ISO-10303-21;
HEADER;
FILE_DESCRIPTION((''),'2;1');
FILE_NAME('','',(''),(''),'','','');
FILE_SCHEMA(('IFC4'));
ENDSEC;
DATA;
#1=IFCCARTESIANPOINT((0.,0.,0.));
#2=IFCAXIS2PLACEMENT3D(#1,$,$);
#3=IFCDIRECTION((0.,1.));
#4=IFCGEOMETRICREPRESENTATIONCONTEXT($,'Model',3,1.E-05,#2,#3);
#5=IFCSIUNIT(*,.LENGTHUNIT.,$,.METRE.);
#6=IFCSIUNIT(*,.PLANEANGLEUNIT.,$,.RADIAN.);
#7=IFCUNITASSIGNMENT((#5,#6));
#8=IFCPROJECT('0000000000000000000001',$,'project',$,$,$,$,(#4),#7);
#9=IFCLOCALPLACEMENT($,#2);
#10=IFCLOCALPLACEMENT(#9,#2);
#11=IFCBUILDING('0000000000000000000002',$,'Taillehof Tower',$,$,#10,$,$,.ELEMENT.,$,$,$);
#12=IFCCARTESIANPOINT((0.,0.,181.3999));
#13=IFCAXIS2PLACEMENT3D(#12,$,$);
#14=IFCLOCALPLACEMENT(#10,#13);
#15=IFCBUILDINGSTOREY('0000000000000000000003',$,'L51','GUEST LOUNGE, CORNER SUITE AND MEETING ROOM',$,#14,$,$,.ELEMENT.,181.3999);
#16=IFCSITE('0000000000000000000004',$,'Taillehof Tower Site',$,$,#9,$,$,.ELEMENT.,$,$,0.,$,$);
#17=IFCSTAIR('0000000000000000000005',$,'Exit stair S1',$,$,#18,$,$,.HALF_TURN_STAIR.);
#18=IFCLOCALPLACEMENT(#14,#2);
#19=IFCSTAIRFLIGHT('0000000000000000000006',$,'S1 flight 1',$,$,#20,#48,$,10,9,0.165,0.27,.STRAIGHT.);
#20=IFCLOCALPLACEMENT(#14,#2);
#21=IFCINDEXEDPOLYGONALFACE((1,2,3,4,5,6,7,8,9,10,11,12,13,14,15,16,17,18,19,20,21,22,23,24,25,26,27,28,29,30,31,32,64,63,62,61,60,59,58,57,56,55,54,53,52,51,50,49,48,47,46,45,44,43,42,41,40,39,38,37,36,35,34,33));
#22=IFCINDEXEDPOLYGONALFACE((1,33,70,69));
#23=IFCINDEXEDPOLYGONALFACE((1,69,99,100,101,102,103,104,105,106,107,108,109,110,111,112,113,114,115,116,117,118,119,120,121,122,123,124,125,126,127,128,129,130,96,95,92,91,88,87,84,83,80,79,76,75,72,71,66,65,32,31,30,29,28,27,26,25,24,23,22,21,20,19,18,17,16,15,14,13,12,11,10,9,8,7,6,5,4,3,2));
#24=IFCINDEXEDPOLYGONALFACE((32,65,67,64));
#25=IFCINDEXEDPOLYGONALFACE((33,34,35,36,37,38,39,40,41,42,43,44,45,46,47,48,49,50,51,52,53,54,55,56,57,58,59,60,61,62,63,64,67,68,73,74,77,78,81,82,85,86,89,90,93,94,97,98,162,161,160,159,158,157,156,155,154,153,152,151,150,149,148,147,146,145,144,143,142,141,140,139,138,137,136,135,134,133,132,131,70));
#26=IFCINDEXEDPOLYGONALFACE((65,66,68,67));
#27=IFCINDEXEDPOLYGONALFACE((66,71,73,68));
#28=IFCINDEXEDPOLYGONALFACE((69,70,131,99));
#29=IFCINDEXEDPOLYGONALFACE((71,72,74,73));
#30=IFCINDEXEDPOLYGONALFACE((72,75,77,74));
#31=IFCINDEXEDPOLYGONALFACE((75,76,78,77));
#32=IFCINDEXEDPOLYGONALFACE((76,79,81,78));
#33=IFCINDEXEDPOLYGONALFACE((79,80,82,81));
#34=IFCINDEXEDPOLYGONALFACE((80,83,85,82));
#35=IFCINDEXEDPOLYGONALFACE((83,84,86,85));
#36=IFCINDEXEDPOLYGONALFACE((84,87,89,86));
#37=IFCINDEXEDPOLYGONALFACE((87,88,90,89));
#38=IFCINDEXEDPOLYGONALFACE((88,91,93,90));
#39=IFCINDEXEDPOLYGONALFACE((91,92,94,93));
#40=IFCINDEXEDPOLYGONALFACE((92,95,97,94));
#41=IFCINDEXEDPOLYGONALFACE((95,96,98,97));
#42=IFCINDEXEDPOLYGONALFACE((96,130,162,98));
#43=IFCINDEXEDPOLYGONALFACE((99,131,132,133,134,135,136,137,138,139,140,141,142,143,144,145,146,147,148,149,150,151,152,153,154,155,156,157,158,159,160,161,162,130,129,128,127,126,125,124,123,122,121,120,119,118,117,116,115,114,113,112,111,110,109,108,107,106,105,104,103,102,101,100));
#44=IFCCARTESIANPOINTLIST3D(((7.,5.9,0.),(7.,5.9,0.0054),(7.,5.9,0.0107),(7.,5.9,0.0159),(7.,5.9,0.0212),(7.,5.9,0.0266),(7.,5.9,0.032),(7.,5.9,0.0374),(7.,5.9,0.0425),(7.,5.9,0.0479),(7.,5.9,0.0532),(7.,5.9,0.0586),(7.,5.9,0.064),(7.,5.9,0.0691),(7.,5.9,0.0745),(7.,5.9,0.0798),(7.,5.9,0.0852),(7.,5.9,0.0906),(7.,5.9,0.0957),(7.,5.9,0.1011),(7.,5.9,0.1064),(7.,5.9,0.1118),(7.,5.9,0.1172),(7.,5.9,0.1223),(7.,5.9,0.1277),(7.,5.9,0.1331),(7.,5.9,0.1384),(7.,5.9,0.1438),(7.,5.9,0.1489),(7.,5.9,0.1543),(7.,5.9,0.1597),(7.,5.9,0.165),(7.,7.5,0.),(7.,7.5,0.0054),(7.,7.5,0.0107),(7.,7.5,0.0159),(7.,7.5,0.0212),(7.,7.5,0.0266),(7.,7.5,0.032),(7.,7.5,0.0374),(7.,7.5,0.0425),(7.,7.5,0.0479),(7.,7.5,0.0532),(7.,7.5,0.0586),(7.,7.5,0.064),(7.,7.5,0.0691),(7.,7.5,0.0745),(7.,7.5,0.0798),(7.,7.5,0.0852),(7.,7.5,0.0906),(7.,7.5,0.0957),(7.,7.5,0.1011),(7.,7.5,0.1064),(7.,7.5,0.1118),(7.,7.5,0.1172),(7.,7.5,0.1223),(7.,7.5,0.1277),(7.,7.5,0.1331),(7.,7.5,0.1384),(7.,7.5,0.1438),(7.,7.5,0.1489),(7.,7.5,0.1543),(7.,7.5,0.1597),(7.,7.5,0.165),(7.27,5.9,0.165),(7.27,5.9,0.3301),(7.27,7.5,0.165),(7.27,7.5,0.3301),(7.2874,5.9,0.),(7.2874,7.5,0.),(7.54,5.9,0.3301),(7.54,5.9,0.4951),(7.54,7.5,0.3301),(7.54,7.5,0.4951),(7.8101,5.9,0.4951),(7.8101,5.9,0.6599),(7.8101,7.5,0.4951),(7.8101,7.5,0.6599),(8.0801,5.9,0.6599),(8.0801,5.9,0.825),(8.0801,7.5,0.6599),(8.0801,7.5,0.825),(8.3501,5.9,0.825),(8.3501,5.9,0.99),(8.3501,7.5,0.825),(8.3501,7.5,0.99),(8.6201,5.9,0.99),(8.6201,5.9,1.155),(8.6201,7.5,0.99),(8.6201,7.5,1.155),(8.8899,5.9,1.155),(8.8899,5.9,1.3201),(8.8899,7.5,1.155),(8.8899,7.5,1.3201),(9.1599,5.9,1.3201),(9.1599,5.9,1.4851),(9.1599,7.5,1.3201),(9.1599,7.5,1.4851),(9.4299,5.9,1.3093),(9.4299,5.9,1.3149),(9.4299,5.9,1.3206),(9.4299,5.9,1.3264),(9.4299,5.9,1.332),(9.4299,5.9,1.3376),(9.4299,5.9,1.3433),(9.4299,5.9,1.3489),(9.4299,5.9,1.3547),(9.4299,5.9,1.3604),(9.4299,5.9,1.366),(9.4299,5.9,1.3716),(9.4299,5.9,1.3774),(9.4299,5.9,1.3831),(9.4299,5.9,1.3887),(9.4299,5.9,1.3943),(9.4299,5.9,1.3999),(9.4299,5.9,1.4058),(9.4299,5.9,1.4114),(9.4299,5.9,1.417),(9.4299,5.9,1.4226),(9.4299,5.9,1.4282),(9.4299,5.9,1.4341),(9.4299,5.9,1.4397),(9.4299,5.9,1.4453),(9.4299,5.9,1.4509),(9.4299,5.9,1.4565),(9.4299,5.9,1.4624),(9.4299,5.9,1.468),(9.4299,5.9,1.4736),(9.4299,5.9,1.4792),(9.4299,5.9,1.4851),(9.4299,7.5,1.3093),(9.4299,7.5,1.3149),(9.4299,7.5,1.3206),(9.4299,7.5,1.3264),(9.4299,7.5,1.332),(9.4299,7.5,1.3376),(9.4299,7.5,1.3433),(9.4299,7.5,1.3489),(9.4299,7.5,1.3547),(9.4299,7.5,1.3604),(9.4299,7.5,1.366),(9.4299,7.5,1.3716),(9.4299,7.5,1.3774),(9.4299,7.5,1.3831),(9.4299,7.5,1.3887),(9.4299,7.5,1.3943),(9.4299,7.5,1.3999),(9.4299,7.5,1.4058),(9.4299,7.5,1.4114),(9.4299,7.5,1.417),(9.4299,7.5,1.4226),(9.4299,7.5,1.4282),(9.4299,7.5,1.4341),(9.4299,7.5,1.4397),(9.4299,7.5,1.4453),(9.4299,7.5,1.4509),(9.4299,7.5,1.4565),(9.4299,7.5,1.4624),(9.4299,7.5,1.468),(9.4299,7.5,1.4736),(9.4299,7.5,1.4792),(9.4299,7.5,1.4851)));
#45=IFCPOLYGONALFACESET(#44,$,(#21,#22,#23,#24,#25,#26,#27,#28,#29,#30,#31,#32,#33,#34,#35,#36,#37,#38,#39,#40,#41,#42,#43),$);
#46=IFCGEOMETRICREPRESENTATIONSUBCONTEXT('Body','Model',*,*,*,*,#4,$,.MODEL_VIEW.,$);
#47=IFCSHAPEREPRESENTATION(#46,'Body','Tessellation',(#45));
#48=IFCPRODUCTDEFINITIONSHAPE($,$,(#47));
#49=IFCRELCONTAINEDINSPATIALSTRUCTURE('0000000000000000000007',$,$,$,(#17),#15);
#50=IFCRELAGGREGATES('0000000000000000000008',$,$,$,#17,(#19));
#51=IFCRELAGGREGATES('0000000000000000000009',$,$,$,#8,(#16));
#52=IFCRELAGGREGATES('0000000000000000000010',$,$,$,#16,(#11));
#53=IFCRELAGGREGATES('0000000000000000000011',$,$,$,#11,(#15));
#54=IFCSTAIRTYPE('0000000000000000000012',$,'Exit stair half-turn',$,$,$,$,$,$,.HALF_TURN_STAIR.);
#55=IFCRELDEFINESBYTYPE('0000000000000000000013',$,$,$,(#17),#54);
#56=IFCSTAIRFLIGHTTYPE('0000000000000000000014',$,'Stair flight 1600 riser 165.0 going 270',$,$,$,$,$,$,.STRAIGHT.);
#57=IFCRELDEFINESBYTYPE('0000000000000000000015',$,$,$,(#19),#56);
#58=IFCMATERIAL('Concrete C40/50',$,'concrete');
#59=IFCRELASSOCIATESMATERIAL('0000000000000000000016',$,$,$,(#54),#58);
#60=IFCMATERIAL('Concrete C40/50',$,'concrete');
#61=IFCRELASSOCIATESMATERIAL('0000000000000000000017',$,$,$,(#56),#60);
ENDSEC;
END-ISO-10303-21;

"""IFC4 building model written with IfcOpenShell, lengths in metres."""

from ifc_helpers import new_model, si_unit, direction, frame, origin, place, context, subcontext, project, spatial, polyline, outline, extrude, material, type_object, element, aggregate, save


model = new_model("IFC4")

# Units and contexts
model_context = context("Model", 3, precision=1e-05, world=origin(), true_north=direction((0.0, 1.0)))
body_context = subcontext(model_context, "Body", "Model", "MODEL_VIEW")
ifc_project = project(units=[si_unit("LENGTHUNIT", "METRE"), si_unit("PLANEANGLEUNIT", "RADIAN")], contexts=[model_context])

# Site, building, storey
site_placement = place(None, origin())
site = spatial("IfcSite", under=ifc_project, at=site_placement, Name="Taillehof Tower Site", CompositionType="ELEMENT", RefElevation=0.0)
building_placement = place(site_placement, origin())
building = spatial("IfcBuilding", under=site, at=building_placement, Name="Taillehof Tower", CompositionType="ELEMENT")
storey_placement = place(building_placement, frame((0.0, 0.0, 181.3999)))
storey = spatial("IfcBuildingStorey", under=building, at=storey_placement, Name="L51", Description="GUEST LOUNGE, CORNER SUITE AND MEETING ROOM", CompositionType="ELEMENT", Elevation=181.3999)

# Shared definitions
ifc_material_1 = material(Name="Concrete C40/50", Category="concrete")
stair_type = type_object("IfcStairType", Name="Exit stair half-turn", PredefinedType="HALF_TURN_STAIR", material=ifc_material_1)

# Stair, stair flight
stair_1_placement = place(storey_placement, origin())
stair_1 = element("IfcStair", 1, at=stair_1_placement, inside=storey, type_object=stair_type, Name="Exit stair S1", PredefinedType="HALF_TURN_STAIR")
ifc_material_2 = material(Name="Concrete C40/50", Category="concrete")
stair_flight_type = type_object("IfcStairFlightType", Name="Stair flight 1600 riser 165.0 going 270", PredefinedType="STRAIGHT", material=ifc_material_2)
stair_flight_placement = place(storey_placement, frame((7.0, 6.7, 0.0), z_axis=(0.0, 0.0, 1.0), x_axis=(1.0, 0.0, 0.0)))
stair_flight = element("IfcStairFlight", 2, at=stair_flight_placement, type_object=stair_flight_type, Name="S1 flight 1", NumberOfRisers=10, NumberOfTreads=9, PredefinedType="STRAIGHT", RiserHeight=0.165, TreadLength=0.27, context=body_context, shape_type="SweptSolid", body=[
    extrude(outline(polyline([(0.0, 0.0), (0.0, 0.0054), (0.0, 0.0107), (0.0, 0.0159), (0.0, 0.0212), (0.0, 0.0266), (0.0, 0.032), (0.0, 0.0374), (0.0, 0.0425), (0.0, 0.0479), (0.0, 0.0532), (0.0, 0.0586), (0.0, 0.064), (0.0, 0.0691), (0.0, 0.0745), (0.0, 0.0798), (0.0, 0.0852), (0.0, 0.0906), (0.0, 0.0957), (0.0, 0.1011), (0.0, 0.1064), (0.0, 0.1118), (0.0, 0.1172), (0.0, 0.1223), (0.0, 0.1277), (0.0, 0.1331), (0.0, 0.1384), (0.0, 0.1438), (0.0, 0.1489), (0.0, 0.1543), (0.0, 0.1597), (0.0, 0.165), (0.27, 0.165), (0.27, 0.3301), (0.54, 0.3301), (0.54, 0.4951), (0.8101, 0.4951), (0.8101, 0.6599), (1.0801, 0.6599), (1.0801, 0.825), (1.3501, 0.825), (1.3501, 0.99), (1.6201, 0.99), (1.6201, 1.155), (1.8899, 1.155), (1.8899, 1.3201), (2.1599, 1.3201), (2.1599, 1.4851), (2.4299, 1.4851), (2.4299, 1.4792), (2.4299, 1.4736), (2.4299, 1.468), (2.4299, 1.4624), (2.4299, 1.4565), (2.4299, 1.4509), (2.4299, 1.4453), (2.4299, 1.4397), (2.4299, 1.4341), (2.4299, 1.4282), (2.4299, 1.4226), (2.4299, 1.417), (2.4299, 1.4114), (2.4299, 1.4058), (2.4299, 1.3999), (2.4299, 1.3943), (2.4299, 1.3887), (2.4299, 1.3831), (2.4299, 1.3774), (2.4299, 1.3716), (2.4299, 1.366), (2.4299, 1.3604), (2.4299, 1.3547), (2.4299, 1.3489), (2.4299, 1.3433), (2.4299, 1.3376), (2.4299, 1.332), (2.4299, 1.3264), (2.4299, 1.3206), (2.4299, 1.3149), (2.4299, 1.3093), (0.2874, 0.0), (0.0, 0.0)])), frame((0.0, 0.8, 0.0), z_axis=(0.0, -1.0, 0.0), x_axis=(1.0, 0.0, 0.0)), (0.0, 0.0, 1.0), 1.6),
])
aggregate(stair_1, [stair_flight])

save(model, "model.ifc")
